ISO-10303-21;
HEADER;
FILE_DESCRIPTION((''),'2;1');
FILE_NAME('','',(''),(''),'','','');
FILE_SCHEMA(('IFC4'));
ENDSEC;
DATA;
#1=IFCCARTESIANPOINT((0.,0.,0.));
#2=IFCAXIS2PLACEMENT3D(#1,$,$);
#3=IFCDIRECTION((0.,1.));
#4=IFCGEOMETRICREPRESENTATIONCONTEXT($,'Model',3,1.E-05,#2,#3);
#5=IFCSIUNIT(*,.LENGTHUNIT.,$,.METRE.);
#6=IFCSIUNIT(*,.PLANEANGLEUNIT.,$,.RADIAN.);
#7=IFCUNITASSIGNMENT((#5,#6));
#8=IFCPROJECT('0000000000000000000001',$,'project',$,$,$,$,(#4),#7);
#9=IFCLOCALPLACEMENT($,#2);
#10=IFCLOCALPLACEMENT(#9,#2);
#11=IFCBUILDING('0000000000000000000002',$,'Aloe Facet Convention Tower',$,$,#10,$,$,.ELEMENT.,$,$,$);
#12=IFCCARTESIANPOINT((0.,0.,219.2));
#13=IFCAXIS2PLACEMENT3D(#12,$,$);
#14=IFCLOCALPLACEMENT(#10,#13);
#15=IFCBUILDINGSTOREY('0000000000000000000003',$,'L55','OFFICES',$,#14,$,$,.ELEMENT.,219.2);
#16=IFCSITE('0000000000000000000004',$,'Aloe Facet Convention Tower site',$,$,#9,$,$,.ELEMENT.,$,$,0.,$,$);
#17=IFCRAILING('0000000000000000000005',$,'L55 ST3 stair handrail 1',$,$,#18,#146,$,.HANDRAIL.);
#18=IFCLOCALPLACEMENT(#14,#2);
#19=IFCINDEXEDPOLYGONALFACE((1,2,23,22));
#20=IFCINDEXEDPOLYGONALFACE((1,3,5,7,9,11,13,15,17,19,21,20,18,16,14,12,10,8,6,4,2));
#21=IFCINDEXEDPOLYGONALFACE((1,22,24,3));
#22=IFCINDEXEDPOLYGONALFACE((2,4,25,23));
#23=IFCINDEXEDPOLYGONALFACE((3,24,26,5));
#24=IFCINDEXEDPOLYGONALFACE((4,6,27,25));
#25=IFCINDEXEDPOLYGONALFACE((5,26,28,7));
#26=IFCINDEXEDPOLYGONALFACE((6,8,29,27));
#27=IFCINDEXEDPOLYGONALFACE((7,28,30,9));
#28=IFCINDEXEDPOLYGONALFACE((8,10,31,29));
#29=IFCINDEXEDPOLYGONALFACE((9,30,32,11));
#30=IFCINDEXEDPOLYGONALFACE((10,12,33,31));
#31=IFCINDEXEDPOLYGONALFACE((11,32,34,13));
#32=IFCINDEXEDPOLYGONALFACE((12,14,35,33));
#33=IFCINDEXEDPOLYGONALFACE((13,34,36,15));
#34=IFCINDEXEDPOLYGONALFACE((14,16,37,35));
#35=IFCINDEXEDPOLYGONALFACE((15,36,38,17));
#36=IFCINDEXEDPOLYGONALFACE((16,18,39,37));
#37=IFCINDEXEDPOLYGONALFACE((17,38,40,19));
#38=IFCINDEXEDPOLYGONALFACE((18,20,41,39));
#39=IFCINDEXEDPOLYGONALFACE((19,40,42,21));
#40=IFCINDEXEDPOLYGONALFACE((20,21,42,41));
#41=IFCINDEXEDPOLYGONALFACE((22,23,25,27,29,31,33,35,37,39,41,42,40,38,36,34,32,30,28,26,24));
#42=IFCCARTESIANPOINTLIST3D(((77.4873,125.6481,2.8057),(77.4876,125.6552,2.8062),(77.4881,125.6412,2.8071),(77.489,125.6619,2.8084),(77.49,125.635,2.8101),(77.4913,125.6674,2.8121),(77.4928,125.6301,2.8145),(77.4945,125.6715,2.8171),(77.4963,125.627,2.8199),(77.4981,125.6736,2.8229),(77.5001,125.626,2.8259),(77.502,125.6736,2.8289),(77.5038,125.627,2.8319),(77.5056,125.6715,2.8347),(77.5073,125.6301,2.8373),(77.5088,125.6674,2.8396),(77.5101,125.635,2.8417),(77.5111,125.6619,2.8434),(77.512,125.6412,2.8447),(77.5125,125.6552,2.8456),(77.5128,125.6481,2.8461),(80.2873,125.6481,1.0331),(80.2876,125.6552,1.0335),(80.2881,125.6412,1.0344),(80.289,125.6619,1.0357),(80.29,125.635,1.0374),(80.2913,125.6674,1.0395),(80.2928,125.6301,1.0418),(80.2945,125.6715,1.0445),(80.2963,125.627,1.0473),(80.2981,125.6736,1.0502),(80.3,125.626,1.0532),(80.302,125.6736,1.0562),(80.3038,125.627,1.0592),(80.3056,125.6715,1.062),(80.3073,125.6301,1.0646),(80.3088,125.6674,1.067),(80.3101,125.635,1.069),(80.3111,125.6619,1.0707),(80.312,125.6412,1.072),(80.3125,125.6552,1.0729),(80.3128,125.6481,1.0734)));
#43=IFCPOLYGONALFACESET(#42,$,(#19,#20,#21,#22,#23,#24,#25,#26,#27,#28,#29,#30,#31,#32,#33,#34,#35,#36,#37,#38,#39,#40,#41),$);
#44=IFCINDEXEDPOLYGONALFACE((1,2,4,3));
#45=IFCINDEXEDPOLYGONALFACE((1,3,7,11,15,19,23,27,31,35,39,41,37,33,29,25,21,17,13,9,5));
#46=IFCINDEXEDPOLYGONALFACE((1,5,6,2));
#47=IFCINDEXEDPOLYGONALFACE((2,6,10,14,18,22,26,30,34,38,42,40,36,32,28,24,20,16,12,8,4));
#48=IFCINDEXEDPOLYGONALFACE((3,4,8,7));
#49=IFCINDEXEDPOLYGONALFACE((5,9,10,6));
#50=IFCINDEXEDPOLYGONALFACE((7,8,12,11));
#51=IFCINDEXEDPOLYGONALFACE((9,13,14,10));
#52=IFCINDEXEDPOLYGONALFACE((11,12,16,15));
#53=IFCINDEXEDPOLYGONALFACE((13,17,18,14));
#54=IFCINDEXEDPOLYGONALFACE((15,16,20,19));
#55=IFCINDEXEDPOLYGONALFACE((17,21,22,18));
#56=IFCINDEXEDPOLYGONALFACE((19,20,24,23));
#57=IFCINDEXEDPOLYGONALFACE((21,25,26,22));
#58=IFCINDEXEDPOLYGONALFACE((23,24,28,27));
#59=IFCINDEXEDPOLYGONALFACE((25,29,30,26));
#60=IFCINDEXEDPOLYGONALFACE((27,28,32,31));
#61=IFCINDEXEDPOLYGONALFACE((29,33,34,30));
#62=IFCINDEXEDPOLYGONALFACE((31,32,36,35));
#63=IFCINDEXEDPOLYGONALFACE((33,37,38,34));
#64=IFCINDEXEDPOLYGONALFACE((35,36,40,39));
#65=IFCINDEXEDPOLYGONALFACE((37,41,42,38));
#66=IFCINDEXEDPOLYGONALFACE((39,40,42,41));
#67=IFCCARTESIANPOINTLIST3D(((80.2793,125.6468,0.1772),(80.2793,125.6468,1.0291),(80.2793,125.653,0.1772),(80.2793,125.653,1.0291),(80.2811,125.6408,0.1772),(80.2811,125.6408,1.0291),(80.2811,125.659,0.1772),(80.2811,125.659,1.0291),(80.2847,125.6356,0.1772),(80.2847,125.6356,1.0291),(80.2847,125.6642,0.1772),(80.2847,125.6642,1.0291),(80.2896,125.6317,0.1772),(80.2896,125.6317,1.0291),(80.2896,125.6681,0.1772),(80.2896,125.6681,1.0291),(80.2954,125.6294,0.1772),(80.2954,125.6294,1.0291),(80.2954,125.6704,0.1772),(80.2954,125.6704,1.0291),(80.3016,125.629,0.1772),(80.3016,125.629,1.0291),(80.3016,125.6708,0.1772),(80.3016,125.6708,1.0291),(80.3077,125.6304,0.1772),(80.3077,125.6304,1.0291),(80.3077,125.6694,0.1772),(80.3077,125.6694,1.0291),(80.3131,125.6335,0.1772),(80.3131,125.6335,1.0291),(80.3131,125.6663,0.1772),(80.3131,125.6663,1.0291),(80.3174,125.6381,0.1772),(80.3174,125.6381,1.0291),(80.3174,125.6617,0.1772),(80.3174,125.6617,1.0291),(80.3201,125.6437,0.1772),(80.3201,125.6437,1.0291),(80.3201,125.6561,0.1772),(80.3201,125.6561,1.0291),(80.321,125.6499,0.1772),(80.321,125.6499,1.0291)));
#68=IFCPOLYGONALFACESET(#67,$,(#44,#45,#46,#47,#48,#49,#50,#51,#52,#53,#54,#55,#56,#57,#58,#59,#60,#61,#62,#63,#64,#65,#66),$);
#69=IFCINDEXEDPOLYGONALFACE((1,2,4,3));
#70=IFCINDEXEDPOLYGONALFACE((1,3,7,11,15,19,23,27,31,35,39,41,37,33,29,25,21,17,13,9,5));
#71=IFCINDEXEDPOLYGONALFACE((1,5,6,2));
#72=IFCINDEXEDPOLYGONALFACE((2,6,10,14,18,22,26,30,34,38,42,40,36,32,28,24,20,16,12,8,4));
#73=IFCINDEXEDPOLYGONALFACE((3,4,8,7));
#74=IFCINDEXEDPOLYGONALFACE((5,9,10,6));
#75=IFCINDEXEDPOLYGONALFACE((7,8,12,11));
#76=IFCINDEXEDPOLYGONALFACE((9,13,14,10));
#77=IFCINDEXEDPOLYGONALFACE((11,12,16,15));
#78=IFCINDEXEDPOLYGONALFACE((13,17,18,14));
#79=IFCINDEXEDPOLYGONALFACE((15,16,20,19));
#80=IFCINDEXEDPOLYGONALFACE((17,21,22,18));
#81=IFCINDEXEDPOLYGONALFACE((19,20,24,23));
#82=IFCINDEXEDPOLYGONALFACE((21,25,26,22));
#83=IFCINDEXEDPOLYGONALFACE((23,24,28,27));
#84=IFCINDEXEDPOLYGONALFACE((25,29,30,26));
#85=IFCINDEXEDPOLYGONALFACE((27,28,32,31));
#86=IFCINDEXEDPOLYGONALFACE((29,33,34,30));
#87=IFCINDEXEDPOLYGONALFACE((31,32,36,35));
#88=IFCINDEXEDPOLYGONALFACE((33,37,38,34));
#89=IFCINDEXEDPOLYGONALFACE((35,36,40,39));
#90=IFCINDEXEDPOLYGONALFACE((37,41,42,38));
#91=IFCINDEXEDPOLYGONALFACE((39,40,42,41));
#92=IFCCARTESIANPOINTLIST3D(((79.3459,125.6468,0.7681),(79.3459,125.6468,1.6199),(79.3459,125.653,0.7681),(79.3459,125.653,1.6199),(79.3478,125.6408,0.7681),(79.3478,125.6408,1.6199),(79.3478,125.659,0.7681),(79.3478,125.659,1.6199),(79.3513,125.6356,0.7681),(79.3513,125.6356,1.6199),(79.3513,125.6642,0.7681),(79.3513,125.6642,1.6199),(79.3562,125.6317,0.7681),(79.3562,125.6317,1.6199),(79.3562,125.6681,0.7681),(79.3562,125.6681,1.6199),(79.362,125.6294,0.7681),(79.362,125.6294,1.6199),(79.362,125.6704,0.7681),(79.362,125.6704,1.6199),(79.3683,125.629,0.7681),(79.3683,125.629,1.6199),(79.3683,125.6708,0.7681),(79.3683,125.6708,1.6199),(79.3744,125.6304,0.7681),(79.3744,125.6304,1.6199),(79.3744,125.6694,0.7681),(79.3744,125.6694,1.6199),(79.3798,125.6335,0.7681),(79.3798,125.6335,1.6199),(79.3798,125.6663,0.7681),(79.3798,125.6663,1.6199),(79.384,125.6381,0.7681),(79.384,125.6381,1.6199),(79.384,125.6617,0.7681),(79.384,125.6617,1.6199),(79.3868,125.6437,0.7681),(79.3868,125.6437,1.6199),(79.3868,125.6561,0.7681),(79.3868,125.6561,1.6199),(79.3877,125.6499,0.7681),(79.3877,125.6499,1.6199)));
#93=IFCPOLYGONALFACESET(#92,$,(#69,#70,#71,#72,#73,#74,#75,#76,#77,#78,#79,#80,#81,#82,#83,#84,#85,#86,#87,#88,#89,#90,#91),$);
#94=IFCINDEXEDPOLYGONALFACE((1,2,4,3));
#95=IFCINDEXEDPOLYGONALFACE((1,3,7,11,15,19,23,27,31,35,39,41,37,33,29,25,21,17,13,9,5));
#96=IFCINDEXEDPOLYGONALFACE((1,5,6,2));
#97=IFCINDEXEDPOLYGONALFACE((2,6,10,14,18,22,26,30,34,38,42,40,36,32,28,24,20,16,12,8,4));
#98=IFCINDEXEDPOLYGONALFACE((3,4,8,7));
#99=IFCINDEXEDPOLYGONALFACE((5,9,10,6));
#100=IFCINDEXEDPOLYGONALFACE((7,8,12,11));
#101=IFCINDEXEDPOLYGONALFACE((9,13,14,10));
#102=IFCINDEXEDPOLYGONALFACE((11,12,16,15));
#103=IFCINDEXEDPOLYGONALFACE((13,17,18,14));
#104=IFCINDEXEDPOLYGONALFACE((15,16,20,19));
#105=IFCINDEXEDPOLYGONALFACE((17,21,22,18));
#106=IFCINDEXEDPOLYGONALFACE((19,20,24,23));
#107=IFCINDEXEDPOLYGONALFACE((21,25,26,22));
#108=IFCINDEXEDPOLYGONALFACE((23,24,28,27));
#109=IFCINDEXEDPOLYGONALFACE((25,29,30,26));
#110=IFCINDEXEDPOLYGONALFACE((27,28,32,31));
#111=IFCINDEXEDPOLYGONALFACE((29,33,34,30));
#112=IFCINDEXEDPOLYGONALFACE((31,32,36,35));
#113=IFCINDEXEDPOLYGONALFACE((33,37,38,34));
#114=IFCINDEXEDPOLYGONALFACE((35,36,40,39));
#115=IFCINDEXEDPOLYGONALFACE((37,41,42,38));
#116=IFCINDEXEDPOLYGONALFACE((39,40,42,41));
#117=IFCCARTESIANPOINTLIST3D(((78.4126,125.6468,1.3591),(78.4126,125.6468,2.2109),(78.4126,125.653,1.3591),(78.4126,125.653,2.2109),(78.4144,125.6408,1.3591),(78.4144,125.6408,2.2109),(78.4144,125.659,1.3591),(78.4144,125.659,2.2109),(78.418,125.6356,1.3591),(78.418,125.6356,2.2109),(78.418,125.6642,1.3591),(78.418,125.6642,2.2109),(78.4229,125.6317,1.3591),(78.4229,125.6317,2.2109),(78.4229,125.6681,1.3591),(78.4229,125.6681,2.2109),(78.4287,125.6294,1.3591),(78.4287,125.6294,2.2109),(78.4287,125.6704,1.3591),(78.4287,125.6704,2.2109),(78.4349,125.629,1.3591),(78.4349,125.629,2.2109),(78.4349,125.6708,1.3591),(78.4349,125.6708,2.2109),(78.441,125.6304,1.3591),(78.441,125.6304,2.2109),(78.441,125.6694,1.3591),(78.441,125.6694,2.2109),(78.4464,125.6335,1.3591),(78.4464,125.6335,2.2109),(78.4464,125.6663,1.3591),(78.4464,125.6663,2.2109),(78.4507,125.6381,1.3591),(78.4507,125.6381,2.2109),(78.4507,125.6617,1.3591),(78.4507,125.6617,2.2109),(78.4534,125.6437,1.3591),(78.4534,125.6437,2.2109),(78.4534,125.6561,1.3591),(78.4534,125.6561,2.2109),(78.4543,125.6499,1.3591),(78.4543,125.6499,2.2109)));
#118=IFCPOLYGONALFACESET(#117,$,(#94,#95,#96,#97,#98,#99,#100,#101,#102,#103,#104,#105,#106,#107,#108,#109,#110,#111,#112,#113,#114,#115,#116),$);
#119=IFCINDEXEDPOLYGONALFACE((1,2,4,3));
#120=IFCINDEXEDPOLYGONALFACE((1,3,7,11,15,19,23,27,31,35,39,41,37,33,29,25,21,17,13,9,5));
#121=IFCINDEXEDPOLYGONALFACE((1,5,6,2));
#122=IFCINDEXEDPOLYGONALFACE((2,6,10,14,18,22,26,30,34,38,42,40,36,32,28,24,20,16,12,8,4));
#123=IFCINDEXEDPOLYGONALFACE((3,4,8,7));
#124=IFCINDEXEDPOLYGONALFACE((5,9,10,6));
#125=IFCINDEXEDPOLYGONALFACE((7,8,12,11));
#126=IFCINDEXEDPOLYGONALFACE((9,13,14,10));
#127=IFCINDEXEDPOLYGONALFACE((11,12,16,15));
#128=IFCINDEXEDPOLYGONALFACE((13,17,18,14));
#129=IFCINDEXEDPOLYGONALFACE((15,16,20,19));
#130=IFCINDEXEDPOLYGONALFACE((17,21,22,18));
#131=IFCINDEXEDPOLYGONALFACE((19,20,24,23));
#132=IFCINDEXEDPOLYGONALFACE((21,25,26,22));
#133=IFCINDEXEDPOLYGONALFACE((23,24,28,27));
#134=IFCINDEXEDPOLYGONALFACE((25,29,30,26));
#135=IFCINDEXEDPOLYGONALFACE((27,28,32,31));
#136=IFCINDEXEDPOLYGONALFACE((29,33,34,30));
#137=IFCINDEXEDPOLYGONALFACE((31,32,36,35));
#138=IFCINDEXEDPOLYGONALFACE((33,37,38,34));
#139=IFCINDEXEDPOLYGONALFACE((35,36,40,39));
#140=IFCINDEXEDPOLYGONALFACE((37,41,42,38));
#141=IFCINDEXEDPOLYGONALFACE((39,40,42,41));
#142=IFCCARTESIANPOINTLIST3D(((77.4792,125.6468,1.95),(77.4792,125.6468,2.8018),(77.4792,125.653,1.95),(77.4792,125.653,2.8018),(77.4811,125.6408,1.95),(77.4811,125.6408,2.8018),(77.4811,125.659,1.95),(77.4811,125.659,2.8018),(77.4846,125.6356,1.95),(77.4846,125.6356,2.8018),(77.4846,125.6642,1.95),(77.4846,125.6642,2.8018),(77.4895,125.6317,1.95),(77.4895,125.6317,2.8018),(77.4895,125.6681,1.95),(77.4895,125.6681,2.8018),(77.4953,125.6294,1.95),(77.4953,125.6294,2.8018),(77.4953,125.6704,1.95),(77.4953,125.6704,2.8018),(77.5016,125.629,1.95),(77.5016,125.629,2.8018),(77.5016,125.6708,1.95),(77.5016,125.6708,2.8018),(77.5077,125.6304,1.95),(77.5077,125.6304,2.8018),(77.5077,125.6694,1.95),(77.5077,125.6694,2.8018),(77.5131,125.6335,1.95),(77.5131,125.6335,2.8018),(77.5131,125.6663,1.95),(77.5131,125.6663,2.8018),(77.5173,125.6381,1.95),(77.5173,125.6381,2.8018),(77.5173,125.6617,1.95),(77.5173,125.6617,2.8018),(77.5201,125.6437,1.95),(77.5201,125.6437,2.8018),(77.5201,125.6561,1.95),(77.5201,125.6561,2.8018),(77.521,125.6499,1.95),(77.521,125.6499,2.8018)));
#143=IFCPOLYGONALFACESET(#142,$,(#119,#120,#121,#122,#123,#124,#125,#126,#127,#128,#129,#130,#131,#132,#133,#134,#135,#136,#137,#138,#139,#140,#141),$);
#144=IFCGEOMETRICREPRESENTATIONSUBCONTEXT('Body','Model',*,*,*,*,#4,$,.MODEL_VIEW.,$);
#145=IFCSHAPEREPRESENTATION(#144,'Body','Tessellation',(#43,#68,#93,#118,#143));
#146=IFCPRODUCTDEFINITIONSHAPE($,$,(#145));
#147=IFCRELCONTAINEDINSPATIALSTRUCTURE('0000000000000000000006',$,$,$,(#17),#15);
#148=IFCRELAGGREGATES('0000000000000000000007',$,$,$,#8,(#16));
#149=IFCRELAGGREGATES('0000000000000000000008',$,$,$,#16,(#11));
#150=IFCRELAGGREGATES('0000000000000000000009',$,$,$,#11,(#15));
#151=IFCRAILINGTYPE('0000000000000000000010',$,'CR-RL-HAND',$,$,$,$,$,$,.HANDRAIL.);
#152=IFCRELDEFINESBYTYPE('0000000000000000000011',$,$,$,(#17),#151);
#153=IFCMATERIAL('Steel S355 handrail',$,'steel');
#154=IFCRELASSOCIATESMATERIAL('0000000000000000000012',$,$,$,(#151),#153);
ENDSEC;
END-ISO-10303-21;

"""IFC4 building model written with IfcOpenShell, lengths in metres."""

from ifc_helpers import new_model, si_unit, direction, frame, origin, origin_2d, place, context, subcontext, project, spatial, circle, extrude, material, type_object, element, save


model = new_model("IFC4")

# Units and contexts
model_context = context("Model", 3, precision=1e-05, world=origin(), true_north=direction((0.0, 1.0)))
body_context = subcontext(model_context, "Body", "Model", "MODEL_VIEW")
ifc_project = project(units=[si_unit("LENGTHUNIT", "METRE"), si_unit("PLANEANGLEUNIT", "RADIAN")], contexts=[model_context])

# Site, building, storey
site_placement = place(None, origin())
site = spatial("IfcSite", under=ifc_project, at=site_placement, Name="Aloe Facet Convention Tower site", CompositionType="ELEMENT", RefElevation=0.0)
building_placement = place(site_placement, origin())
building = spatial("IfcBuilding", under=site, at=building_placement, Name="Aloe Facet Convention Tower", CompositionType="ELEMENT")
storey_placement = place(building_placement, frame((0.0, 0.0, 219.2)))
storey = spatial("IfcBuildingStorey", under=building, at=storey_placement, Name="L55", Description="OFFICES", CompositionType="ELEMENT", Elevation=219.2)

# Railing
ifc_material_1 = material(Name="Steel S355 handrail", Category="steel")
railing_type_1 = type_object("IfcRailingType", Name="CR-RL-HAND", PredefinedType="HANDRAIL", material=ifc_material_1)
railing_1_placement = place(storey_placement, frame((80.3, 125.6499, 0.1772)))
element("IfcRailing", 1, at=railing_1_placement, inside=storey, type_object=railing_type_1, Name="L55 ST3 stair handrail 1", PredefinedType="HANDRAIL", context=body_context, shape_type="SweptSolid", body=[
    extrude(circle(Radius=0.0239, at=origin_2d()), frame((0.0, 0.0, 0.876), z_axis=(-0.844909, 0.0, 0.53491), x_axis=(0.0, -1.0, 0.0)), (0.0, 0.0, 1.0), 3.314),
    extrude(circle(Radius=0.021, at=origin_2d()), origin(), (0.0, 0.0, 1.0), 0.8518),
    extrude(circle(Radius=0.021, at=origin_2d()), frame((-0.9333, 0.0, 0.5908)), (0.0, 0.0, 1.0), 0.8518),
    extrude(circle(Radius=0.021, at=origin_2d()), frame((-1.8667, 0.0, 1.1819)), (0.0, 0.0, 1.0), 0.8518),
    extrude(circle(Radius=0.021, at=origin_2d()), frame((-2.8, 0.0, 1.7727)), (0.0, 0.0, 1.0), 0.8518),
])

save(model, "model.ifc")
